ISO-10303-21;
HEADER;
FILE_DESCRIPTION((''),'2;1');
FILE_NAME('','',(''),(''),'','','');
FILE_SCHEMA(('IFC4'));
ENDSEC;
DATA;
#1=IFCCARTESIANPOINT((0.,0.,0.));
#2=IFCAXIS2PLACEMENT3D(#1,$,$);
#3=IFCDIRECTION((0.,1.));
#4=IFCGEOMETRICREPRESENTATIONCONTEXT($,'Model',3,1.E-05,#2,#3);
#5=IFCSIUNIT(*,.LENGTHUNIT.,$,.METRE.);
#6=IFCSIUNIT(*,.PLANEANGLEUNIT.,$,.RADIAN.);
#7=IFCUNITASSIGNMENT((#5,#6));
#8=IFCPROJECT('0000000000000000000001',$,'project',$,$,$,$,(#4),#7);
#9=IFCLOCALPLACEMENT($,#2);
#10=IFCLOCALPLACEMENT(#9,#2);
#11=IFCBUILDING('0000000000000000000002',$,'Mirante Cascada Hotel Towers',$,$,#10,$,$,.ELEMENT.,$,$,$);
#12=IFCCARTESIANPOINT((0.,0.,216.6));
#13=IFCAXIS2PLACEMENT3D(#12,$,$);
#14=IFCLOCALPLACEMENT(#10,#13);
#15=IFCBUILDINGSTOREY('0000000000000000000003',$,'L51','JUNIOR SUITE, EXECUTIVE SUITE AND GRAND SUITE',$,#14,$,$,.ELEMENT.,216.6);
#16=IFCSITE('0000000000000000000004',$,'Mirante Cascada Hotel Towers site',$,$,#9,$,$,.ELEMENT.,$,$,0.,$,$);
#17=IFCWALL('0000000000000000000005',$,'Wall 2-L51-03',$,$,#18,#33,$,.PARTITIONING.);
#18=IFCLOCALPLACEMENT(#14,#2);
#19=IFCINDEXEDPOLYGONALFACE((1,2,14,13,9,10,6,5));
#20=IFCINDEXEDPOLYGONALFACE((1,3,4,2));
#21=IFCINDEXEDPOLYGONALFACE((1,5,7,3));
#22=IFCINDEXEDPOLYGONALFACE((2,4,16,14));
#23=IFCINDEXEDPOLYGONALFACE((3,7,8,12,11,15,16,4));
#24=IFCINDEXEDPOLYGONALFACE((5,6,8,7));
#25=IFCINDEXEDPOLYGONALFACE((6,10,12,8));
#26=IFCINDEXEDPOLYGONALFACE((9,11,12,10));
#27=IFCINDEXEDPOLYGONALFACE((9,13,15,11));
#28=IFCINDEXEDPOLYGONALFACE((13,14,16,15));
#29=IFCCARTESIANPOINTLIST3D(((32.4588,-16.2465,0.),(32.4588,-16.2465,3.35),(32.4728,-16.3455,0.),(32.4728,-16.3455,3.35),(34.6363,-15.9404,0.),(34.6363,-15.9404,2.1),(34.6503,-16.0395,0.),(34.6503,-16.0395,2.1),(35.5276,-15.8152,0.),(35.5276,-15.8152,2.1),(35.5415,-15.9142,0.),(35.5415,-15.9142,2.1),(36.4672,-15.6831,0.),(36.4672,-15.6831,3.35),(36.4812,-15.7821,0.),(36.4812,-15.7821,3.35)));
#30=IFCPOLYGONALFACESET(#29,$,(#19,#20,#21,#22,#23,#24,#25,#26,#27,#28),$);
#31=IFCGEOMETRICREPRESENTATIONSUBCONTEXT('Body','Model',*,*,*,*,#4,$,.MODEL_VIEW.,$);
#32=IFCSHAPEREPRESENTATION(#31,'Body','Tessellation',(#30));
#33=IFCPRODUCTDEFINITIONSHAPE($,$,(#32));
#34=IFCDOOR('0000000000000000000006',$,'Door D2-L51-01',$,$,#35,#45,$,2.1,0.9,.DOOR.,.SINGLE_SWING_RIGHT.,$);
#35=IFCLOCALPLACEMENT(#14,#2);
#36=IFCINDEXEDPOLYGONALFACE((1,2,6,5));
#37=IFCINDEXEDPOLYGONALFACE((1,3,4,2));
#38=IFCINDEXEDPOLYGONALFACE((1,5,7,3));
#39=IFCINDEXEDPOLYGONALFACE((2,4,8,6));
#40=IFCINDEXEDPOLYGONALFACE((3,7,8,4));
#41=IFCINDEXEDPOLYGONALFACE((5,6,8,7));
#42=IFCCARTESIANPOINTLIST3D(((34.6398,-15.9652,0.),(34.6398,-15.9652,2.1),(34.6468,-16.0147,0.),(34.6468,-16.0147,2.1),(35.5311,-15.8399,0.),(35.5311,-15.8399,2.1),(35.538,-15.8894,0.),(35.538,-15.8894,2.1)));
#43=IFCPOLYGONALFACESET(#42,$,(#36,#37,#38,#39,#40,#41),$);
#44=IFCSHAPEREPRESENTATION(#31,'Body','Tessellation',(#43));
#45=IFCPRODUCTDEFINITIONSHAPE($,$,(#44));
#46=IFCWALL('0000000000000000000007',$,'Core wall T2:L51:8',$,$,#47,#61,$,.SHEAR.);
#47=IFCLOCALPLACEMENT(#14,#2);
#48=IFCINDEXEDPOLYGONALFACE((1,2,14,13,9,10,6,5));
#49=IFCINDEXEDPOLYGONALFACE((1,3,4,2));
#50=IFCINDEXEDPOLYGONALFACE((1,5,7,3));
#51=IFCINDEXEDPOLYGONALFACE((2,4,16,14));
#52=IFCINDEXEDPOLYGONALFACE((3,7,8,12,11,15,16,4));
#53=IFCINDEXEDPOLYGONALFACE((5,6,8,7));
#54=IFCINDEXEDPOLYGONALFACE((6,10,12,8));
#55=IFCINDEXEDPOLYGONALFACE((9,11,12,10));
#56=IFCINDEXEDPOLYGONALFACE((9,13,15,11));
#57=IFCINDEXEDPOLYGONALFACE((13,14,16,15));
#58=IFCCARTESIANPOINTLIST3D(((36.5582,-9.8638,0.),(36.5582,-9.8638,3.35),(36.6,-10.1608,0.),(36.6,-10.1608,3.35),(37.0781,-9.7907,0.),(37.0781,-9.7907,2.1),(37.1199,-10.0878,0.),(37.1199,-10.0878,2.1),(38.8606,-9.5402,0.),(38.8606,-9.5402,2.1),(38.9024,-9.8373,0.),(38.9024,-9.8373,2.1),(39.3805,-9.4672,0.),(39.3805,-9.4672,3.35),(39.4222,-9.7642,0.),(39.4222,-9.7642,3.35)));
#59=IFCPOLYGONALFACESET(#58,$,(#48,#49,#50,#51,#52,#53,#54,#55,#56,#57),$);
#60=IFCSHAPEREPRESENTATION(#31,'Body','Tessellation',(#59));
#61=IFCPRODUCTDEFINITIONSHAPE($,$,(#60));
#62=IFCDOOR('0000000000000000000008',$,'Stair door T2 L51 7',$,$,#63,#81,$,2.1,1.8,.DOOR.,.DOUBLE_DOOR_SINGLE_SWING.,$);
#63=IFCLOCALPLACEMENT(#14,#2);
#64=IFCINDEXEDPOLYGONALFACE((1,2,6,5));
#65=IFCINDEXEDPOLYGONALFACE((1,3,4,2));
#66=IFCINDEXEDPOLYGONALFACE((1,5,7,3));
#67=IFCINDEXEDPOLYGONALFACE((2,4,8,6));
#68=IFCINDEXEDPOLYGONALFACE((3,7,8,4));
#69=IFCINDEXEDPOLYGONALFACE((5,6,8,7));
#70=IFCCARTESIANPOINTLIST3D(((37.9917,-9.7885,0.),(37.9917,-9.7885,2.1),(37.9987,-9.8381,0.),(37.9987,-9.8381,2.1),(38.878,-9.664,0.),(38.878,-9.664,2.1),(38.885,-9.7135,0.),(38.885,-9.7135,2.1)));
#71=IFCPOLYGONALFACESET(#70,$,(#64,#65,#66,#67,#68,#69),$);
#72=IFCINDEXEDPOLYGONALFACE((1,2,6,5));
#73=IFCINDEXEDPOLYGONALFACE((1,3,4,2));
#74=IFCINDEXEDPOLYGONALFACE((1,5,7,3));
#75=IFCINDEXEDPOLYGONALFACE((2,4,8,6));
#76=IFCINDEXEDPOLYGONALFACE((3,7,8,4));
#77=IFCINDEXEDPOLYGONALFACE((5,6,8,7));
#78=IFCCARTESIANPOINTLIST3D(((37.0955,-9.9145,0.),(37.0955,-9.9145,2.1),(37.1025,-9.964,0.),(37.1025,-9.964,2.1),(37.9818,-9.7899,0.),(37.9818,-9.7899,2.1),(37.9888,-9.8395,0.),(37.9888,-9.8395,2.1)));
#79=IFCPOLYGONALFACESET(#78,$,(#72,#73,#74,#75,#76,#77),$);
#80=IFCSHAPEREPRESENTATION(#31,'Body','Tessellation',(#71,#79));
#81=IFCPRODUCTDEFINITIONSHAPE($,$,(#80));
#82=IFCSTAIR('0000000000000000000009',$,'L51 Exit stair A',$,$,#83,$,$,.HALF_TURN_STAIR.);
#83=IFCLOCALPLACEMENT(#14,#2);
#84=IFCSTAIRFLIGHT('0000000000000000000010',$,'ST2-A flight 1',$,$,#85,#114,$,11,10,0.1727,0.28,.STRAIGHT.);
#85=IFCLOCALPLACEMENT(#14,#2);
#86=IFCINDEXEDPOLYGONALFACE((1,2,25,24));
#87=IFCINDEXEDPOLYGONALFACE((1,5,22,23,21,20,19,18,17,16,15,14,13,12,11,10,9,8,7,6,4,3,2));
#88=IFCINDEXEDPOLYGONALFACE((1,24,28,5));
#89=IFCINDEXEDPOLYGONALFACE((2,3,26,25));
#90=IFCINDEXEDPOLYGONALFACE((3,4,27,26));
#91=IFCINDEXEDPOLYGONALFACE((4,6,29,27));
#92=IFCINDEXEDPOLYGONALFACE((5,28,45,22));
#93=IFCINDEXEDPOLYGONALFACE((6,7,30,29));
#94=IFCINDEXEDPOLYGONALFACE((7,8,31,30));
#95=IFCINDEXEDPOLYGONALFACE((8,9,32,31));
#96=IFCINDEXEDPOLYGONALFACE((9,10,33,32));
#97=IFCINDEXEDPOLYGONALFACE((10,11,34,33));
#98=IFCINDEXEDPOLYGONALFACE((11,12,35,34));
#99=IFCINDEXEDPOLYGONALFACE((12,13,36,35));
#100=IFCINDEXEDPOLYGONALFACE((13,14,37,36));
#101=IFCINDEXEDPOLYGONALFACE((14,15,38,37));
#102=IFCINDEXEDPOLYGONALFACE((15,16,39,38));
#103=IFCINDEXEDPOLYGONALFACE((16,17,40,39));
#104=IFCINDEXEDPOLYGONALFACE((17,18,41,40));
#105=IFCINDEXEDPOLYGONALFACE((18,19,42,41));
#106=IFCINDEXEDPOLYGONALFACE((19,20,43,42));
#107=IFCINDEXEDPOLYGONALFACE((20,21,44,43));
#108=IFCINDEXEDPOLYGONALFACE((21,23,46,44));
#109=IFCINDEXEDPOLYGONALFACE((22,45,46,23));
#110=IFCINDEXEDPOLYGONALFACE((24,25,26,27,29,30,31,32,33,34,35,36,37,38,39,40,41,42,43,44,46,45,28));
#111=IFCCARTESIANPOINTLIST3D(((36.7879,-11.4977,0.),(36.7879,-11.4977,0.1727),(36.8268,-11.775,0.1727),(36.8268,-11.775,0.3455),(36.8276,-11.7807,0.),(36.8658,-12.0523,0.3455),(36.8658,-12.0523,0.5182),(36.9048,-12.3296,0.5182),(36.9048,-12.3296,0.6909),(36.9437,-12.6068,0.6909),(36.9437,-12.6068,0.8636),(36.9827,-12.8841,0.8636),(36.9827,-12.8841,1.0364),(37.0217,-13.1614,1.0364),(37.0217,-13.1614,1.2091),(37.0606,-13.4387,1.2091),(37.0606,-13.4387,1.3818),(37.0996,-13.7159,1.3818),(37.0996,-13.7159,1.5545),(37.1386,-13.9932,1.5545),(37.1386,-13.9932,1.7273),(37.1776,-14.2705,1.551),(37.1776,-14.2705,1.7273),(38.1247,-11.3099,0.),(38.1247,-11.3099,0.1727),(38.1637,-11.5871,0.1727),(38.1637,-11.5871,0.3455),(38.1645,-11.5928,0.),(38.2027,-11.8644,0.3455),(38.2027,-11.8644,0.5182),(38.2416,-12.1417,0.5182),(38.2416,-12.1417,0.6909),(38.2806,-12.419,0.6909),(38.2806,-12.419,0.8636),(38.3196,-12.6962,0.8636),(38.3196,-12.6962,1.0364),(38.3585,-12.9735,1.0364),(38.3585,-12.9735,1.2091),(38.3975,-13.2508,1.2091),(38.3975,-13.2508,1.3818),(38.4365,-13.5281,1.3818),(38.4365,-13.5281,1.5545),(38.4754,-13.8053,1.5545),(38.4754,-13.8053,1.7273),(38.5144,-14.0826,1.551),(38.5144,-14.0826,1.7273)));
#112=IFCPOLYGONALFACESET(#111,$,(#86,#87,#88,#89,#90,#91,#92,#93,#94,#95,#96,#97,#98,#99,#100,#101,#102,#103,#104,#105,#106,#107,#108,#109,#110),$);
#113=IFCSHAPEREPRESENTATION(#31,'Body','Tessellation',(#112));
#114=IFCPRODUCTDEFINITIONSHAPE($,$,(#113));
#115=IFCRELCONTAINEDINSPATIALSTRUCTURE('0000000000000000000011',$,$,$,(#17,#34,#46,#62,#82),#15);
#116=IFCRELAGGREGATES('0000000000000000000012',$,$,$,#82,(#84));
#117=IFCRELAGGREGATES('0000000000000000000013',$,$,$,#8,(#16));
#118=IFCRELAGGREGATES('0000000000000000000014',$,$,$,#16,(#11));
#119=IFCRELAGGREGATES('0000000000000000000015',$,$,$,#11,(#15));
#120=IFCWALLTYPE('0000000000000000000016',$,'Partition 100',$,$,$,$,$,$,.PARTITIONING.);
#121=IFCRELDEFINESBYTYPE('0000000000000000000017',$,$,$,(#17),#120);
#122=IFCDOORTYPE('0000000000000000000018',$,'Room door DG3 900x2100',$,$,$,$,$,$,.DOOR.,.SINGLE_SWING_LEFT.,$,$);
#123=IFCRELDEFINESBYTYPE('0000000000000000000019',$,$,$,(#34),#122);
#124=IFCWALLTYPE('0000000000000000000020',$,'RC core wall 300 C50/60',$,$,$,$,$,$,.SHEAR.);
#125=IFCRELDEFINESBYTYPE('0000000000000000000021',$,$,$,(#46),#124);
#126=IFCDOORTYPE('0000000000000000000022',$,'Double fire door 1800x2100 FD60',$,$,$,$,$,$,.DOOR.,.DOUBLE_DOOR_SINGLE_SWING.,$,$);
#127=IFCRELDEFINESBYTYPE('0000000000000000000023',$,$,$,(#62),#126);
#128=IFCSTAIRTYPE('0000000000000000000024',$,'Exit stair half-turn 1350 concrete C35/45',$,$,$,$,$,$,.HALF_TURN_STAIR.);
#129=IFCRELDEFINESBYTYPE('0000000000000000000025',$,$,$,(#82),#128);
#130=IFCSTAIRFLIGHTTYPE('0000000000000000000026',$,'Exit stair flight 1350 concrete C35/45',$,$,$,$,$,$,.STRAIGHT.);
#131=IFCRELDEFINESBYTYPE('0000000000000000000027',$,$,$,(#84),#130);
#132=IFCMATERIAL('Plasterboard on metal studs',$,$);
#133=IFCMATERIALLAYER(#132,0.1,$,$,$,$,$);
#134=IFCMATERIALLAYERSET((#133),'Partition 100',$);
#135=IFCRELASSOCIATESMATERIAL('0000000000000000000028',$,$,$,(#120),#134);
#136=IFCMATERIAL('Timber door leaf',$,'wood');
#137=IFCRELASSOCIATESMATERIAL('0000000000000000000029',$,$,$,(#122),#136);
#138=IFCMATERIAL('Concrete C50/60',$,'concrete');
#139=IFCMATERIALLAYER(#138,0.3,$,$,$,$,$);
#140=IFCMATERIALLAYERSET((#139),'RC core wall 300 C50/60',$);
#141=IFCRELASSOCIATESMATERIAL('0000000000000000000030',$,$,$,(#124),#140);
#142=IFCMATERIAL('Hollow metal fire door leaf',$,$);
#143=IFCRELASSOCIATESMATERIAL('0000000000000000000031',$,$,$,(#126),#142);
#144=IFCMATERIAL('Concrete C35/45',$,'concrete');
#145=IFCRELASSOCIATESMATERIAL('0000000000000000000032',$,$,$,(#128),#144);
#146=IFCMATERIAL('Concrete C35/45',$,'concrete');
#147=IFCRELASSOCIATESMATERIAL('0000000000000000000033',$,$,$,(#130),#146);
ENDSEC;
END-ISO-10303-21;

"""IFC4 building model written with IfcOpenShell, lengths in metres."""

from ifc_helpers import new_model, si_unit, direction, frame, frame_2d, origin, place, context, subcontext, project, spatial, polyline, rectangle, outline, extrude, material, layer, layer_set, type_object, element, fill, aggregate, save


model = new_model("IFC4")

# Units and contexts
model_context = context("Model", 3, precision=1e-05, world=origin(), true_north=direction((0.0, 1.0)))
body_context = subcontext(model_context, "Body", "Model", "MODEL_VIEW")
ifc_project = project(units=[si_unit("LENGTHUNIT", "METRE"), si_unit("PLANEANGLEUNIT", "RADIAN")], contexts=[model_context])

# Site, building, storey
site_placement = place(None, origin())
site = spatial("IfcSite", under=ifc_project, at=site_placement, Name="Mirante Cascada Hotel Towers site", CompositionType="ELEMENT", RefElevation=0.0)
building_placement = place(site_placement, origin())
building = spatial("IfcBuilding", under=site, at=building_placement, Name="Mirante Cascada Hotel Towers", CompositionType="ELEMENT")
storey_placement = place(building_placement, frame((0.0, 0.0, 216.6)))
storey = spatial("IfcBuildingStorey", under=building, at=storey_placement, Name="L51", Description="JUNIOR SUITE, EXECUTIVE SUITE AND GRAND SUITE", CompositionType="ELEMENT", Elevation=216.6)

# Walls, openings, doors
ifc_material_1 = material(Name="Plasterboard on metal studs")
ifc_layer_1 = layer(ifc_material_1, 0.1)
ifc_layer_set_1 = layer_set([ifc_layer_1], Name="Partition 100")
wall_type_1 = type_object("IfcWallType", Name="Partition 100", PredefinedType="PARTITIONING", material=ifc_layer_set_1)
wall_1_placement = place(storey_placement, frame((36.4742, -15.7326, 0.0), z_axis=(0.0, 0.0, 1.0), x_axis=(-0.990266, -0.139187, 0.0)))
wall_1 = element("IfcWall", 1, at=wall_1_placement, inside=storey, type_object=wall_type_1, Name="Wall 2-L51-03", PredefinedType="PARTITIONING", context=body_context, shape_type="SweptSolid", body=[
    extrude(rectangle(XDim=4.0478, YDim=0.1, at=frame_2d((2.0239, 0.0))), origin(), (0.0, 0.0, 1.0), 3.35),
])
opening_1_placement = place(wall_1_placement, frame((0.9489, 0.0, 0.0)))
opening_1 = element("IfcOpeningElement", 2, at=opening_1_placement, cuts=wall_1, PredefinedType="OPENING", context=body_context, shape_type="SweptSolid", body=[
    extrude(rectangle(XDim=0.9, YDim=2.1, at=frame_2d((0.45, 1.05))), frame((0.0, 0.05, 0.0), z_axis=(0.0, -1.0, 0.0), x_axis=(1.0, 0.0, 0.0)), (0.0, 0.0, 1.0), 0.1),
])
ifc_material_2 = material(Name="Timber door leaf", Category="wood")
door_type_1 = type_object("IfcDoorType", Name="Room door DG3 900x2100", OperationType="SINGLE_SWING_LEFT", PredefinedType="DOOR", material=ifc_material_2)
door_1_placement = place(opening_1_placement, frame((0.9, 0.0, 0.0), z_axis=(0.0, 0.0, 1.0), x_axis=(-1.0, 0.0, 0.0)))
door_1 = element("IfcDoor", 3, at=door_1_placement, inside=storey, type_object=door_type_1, Name="Door D2-L51-01", OperationType="SINGLE_SWING_RIGHT", OverallHeight=2.1, OverallWidth=0.9, PredefinedType="DOOR", context=body_context, shape_type="SweptSolid", body=[
    extrude(rectangle(XDim=0.9, YDim=2.1, at=frame_2d((0.45, 1.05))), frame((0.0, 0.025, 0.0), z_axis=(0.0, -1.0, 0.0), x_axis=(1.0, 0.0, 0.0)), (0.0, 0.0, 1.0), 0.05),
])
fill(opening_1, door_1)
ifc_material_3 = material(Name="Concrete C50/60", Category="concrete")
ifc_layer_2 = layer(ifc_material_3, 0.3)
ifc_layer_set_2 = layer_set([ifc_layer_2], Name="RC core wall 300 C50/60")
wall_type_2 = type_object("IfcWallType", Name="RC core wall 300 C50/60", PredefinedType="SHEAR", material=ifc_layer_set_2)
wall_2_placement = place(storey_placement, frame((36.5791, -10.0123, 0.0), z_axis=(0.0, 0.0, 1.0), x_axis=(0.99027, 0.139156, 0.0)))
wall_2 = element("IfcWall", 4, at=wall_2_placement, inside=storey, type_object=wall_type_2, Name="Core wall T2:L51:8", PredefinedType="SHEAR", context=body_context, shape_type="SweptSolid", body=[
    extrude(rectangle(XDim=2.85, YDim=0.3, at=frame_2d((1.425, 0.0))), origin(), (0.0, 0.0, 1.0), 3.35),
])
opening_2_placement = place(wall_2_placement, frame((0.525, 0.0, 0.0)))
opening_2 = element("IfcOpeningElement", 5, at=opening_2_placement, cuts=wall_2, PredefinedType="OPENING", context=body_context, shape_type="SweptSolid", body=[
    extrude(rectangle(XDim=1.8, YDim=2.1, at=frame_2d((0.9, 1.05))), frame((0.0, 0.15, 0.0), z_axis=(0.0, -1.0, 0.0), x_axis=(1.0, 0.0, 0.0)), (0.0, 0.0, 1.0), 0.3),
])
ifc_material_4 = material(Name="Hollow metal fire door leaf")
door_type_2 = type_object("IfcDoorType", Name="Double fire door 1800x2100 FD60", OperationType="DOUBLE_DOOR_SINGLE_SWING", PredefinedType="DOOR", material=ifc_material_4)
door_2_placement = place(opening_2_placement, frame((1.8, 0.0, 0.0), z_axis=(0.0, 0.0, 1.0), x_axis=(-1.0, 0.0, 0.0)))
door_2 = element("IfcDoor", 6, at=door_2_placement, inside=storey, type_object=door_type_2, Name="Stair door T2 L51 7", OperationType="DOUBLE_DOOR_SINGLE_SWING", OverallHeight=2.1, OverallWidth=1.8, PredefinedType="DOOR", context=body_context, shape_type="SweptSolid", body=[
    extrude(rectangle(XDim=0.895, YDim=2.1, at=frame_2d((0.4475, 1.05))), frame((0.0, 0.025, 0.0), z_axis=(0.0, -1.0, 0.0), x_axis=(1.0, 0.0, 0.0)), (0.0, 0.0, 1.0), 0.05),
    extrude(rectangle(XDim=0.895, YDim=2.1, at=frame_2d((1.3525, 1.05))), frame((0.0, 0.025, 0.0), z_axis=(0.0, -1.0, 0.0), x_axis=(1.0, 0.0, 0.0)), (0.0, 0.0, 1.0), 0.05),
])
fill(opening_2, door_2)

# Stair, stair flight
ifc_material_5 = material(Name="Concrete C35/45", Category="concrete")
stair_type = type_object("IfcStairType", Name="Exit stair half-turn 1350 concrete C35/45", PredefinedType="HALF_TURN_STAIR", material=ifc_material_5)
stair_placement = place(storey_placement, origin())
stair = element("IfcStair", 7, at=stair_placement, inside=storey, type_object=stair_type, Name="L51 Exit stair A", PredefinedType="HALF_TURN_STAIR")
ifc_material_6 = material(Name="Concrete C35/45", Category="concrete")
stair_flight_type = type_object("IfcStairFlightType", Name="Exit stair flight 1350 concrete C35/45", PredefinedType="STRAIGHT", material=ifc_material_6)
stair_flight_placement = place(storey_placement, frame((37.4563, -11.4038, 0.0), z_axis=(0.0, 0.0, 1.0), x_axis=(0.139173, -0.990268, 0.0)))
stair_flight = element("IfcStairFlight", 8, at=stair_flight_placement, type_object=stair_flight_type, Name="ST2-A flight 1", NumberOfRisers=11, NumberOfTreads=10, PredefinedType="STRAIGHT", RiserHeight=0.1727, TreadLength=0.28, context=body_context, shape_type="SweptSolid", body=[
    extrude(outline(polyline([(0.0, 0.0), (0.0, 0.1727), (0.28, 0.1727), (0.28, 0.3455), (0.56, 0.3455), (0.56, 0.5182), (0.84, 0.5182), (0.84, 0.6909), (1.12, 0.6909), (1.12, 0.8636), (1.4, 0.8636), (1.4, 1.0364), (1.68, 1.0364), (1.68, 1.2091), (1.96, 1.2091), (1.96, 1.3818), (2.24, 1.3818), (2.24, 1.5545), (2.52, 1.5545), (2.52, 1.7273), (2.8, 1.7273), (2.8, 1.9), (2.8, 1.551), (0.2857, 0.0), (0.0, 0.0)])), frame((0.0, 0.675, 0.0), z_axis=(0.0, -1.0, 0.0), x_axis=(1.0, 0.0, 0.0)), (0.0, 0.0, 1.0), 1.35),
])
aggregate(stair, [stair_flight])

save(model, "model.ifc")
